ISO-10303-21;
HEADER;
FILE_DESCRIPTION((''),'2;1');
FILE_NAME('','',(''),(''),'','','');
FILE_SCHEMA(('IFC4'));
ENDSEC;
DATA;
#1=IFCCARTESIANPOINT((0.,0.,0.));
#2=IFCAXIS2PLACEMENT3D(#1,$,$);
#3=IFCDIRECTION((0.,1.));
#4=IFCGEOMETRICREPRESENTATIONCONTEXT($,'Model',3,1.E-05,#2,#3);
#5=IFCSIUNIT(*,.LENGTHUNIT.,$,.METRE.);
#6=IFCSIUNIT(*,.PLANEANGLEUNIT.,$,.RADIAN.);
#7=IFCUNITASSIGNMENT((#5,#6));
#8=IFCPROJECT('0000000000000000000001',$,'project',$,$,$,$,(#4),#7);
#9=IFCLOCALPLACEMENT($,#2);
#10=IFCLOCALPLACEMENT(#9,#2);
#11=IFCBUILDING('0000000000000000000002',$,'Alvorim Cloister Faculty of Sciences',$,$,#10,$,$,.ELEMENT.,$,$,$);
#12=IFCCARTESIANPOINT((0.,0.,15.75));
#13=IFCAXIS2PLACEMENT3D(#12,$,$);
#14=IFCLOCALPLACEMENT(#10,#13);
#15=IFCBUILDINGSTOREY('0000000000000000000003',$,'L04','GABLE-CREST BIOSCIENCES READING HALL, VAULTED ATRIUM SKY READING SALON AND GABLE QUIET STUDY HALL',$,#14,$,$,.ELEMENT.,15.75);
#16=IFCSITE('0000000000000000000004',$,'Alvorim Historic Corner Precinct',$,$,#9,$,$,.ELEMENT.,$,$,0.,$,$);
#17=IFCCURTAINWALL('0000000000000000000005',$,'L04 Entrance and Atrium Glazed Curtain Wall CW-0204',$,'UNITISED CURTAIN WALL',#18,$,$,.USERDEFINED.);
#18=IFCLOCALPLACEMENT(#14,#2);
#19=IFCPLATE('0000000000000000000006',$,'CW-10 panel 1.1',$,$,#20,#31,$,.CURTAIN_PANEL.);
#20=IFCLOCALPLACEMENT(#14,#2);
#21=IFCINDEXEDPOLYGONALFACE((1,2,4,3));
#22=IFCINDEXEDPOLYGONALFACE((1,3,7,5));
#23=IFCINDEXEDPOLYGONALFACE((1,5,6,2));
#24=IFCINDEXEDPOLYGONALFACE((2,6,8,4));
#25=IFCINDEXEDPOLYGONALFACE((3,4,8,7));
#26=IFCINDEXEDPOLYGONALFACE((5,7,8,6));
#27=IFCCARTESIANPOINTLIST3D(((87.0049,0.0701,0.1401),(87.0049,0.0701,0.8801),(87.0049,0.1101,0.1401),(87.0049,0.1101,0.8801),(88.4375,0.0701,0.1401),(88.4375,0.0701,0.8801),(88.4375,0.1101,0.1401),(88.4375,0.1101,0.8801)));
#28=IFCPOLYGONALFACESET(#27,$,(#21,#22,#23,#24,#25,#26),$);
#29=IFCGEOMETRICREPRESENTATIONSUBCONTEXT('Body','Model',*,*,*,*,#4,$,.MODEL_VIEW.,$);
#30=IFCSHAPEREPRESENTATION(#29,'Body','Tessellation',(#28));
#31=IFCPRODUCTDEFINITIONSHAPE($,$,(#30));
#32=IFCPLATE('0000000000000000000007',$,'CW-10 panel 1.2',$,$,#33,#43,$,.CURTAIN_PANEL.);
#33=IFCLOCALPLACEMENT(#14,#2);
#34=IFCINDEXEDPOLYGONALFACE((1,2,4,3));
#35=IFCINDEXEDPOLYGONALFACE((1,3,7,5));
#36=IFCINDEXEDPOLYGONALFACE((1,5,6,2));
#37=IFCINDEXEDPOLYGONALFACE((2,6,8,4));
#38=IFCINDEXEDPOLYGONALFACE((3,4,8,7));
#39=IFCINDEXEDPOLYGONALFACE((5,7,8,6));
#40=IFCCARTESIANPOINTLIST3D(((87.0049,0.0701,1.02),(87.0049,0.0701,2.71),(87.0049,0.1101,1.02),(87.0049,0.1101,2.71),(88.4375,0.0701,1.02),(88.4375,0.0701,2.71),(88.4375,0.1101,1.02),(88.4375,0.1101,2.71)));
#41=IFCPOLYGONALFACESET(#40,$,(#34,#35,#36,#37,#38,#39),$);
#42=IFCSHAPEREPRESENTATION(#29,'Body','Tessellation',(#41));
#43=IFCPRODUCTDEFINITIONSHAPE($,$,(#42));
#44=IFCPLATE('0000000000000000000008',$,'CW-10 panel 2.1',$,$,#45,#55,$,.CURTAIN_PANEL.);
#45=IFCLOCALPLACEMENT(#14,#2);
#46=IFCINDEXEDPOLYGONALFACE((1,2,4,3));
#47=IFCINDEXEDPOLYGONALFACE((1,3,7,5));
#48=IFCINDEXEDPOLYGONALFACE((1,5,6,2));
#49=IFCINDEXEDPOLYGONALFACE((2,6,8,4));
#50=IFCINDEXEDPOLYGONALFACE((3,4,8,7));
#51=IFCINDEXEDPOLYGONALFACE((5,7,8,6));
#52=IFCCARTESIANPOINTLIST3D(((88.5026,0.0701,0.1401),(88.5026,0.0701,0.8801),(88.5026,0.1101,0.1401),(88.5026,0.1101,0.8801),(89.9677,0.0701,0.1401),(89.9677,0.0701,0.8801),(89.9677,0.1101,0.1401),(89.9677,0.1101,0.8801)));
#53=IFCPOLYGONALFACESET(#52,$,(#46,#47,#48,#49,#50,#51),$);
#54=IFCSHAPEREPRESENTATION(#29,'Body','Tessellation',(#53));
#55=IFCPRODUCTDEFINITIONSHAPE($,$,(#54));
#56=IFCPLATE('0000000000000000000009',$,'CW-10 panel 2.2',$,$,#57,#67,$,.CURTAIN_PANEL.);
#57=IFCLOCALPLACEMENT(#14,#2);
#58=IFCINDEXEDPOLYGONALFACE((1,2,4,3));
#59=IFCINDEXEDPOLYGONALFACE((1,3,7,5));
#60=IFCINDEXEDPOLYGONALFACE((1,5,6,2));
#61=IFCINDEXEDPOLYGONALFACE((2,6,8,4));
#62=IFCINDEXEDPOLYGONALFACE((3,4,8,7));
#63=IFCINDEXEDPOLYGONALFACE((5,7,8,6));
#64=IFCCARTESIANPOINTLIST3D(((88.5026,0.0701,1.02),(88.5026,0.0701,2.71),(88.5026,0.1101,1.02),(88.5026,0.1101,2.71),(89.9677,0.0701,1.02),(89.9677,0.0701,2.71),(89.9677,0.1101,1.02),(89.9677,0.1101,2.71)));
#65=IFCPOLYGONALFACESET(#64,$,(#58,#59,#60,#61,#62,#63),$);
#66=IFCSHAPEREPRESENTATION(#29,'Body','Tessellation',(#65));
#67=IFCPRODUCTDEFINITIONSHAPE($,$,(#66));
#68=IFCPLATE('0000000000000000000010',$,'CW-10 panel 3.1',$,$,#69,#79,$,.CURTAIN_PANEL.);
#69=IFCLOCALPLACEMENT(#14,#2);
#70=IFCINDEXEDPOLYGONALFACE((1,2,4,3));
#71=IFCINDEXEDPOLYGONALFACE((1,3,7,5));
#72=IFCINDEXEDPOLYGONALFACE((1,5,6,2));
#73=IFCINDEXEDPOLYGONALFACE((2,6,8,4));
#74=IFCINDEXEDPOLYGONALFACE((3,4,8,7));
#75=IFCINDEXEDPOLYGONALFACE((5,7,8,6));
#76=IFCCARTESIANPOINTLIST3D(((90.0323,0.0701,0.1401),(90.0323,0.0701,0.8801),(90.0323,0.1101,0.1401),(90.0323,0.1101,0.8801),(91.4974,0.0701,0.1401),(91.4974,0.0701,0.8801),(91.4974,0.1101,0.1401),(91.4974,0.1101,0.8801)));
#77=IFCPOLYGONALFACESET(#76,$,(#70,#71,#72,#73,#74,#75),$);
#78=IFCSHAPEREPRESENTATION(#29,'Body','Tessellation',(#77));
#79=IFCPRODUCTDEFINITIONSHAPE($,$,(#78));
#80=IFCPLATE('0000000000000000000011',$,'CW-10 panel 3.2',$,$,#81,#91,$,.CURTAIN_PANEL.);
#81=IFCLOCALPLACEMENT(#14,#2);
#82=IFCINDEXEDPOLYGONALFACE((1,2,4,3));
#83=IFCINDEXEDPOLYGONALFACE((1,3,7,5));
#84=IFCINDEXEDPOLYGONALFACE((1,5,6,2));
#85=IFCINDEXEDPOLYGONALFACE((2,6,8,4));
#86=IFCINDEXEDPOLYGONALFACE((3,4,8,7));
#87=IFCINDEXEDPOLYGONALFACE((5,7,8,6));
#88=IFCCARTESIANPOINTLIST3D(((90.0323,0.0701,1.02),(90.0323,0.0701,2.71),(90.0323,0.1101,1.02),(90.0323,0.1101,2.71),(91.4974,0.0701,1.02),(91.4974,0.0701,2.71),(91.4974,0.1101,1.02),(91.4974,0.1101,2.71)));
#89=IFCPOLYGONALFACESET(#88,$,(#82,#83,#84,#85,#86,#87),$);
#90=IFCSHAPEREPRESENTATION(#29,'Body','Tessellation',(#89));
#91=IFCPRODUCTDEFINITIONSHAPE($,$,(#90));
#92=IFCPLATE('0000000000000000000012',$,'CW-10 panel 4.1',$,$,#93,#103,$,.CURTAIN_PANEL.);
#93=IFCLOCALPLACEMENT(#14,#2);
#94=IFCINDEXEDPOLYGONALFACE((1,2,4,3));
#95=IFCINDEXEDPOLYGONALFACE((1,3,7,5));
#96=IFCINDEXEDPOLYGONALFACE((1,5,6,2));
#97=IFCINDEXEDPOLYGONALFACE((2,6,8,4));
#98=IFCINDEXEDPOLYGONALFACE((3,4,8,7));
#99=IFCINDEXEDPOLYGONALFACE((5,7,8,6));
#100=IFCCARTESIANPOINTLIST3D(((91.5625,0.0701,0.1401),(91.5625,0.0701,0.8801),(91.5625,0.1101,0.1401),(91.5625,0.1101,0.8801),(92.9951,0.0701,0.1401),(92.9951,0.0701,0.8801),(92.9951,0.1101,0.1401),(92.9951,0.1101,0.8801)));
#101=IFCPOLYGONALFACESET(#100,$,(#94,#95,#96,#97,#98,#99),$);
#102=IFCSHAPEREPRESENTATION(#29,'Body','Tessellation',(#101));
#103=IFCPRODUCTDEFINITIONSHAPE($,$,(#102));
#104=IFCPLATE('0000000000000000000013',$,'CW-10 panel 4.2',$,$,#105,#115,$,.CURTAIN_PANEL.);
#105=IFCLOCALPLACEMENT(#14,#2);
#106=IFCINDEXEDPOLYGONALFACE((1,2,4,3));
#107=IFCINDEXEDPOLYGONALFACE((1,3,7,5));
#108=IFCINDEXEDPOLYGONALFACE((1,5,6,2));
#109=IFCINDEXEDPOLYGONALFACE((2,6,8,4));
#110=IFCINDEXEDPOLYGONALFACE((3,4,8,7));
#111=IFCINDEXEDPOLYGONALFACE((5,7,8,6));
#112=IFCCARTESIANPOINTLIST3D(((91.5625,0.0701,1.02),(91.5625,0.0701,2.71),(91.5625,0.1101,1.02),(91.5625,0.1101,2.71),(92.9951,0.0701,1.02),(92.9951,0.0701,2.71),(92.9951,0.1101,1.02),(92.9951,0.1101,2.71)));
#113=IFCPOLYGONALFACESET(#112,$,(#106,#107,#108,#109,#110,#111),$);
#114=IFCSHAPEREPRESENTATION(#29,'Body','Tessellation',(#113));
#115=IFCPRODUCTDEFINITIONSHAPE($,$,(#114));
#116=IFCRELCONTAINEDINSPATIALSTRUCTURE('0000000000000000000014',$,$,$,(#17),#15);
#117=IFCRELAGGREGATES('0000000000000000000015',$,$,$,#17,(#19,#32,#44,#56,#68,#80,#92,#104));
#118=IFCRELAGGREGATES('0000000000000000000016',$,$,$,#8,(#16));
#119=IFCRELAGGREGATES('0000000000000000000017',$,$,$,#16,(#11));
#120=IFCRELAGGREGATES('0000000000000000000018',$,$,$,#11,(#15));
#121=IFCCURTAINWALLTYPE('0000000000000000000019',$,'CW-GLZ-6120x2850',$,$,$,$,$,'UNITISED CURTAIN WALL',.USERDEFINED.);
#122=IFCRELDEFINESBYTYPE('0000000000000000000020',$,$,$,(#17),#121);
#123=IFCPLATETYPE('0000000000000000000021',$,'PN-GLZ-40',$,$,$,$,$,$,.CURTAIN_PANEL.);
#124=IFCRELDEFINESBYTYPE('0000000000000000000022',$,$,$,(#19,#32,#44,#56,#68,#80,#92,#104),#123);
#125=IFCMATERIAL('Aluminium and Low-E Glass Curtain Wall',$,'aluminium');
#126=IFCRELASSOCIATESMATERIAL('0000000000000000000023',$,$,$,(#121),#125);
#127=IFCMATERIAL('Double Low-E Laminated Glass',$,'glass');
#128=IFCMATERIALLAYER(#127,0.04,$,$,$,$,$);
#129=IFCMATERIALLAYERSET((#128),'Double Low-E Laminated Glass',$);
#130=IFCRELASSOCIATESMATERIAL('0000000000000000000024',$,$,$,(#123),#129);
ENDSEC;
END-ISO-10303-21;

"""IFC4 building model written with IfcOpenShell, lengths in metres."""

from ifc_helpers import new_model, si_unit, direction, frame, origin, origin_2d, place, context, subcontext, project, spatial, rectangle, extrude, material, layer, layer_set, type_object, element, aggregate, save


model = new_model("IFC4")

# Units and contexts
model_context = context("Model", 3, precision=1e-05, world=origin(), true_north=direction((0.0, 1.0)))
body_context = subcontext(model_context, "Body", "Model", "MODEL_VIEW")
ifc_project = project(units=[si_unit("LENGTHUNIT", "METRE"), si_unit("PLANEANGLEUNIT", "RADIAN")], contexts=[model_context])

# Site, building, storey
site_placement = place(None, origin())
site = spatial("IfcSite", under=ifc_project, at=site_placement, Name="Alvorim Historic Corner Precinct", CompositionType="ELEMENT", RefElevation=0.0)
building_placement = place(site_placement, origin())
building = spatial("IfcBuilding", under=site, at=building_placement, Name="Alvorim Cloister Faculty of Sciences", CompositionType="ELEMENT")
storey_placement = place(building_placement, frame((0.0, 0.0, 15.75)))
storey = spatial("IfcBuildingStorey", under=building, at=storey_placement, Name="L04", Description="GABLE-CREST BIOSCIENCES READING HALL, VAULTED ATRIUM SKY READING SALON AND GABLE QUIET STUDY HALL", CompositionType="ELEMENT", Elevation=15.75)

# Curtain wall, plates
ifc_material_1 = material(Name="Aluminium and Low-E Glass Curtain Wall", Category="aluminium")
curtain_wall_type = type_object("IfcCurtainWallType", Name="CW-GLZ-6120x2850", ElementType="UNITISED CURTAIN WALL", PredefinedType="USERDEFINED", material=ifc_material_1)
curtain_wall_placement = place(storey_placement, origin())
curtain_wall = element("IfcCurtainWall", 1, at=curtain_wall_placement, inside=storey, type_object=curtain_wall_type, Name="L04 Entrance and Atrium Glazed Curtain Wall CW-0204", ObjectType="UNITISED CURTAIN WALL", PredefinedType="USERDEFINED")
ifc_material_2 = material(Name="Double Low-E Laminated Glass", Category="glass")
ifc_layer = layer(ifc_material_2, 0.04)
ifc_layer_set = layer_set([ifc_layer], Name="Double Low-E Laminated Glass")
plate_type = type_object("IfcPlateType", Name="PN-GLZ-40", PredefinedType="CURTAIN_PANEL", material=ifc_layer_set)
plate_1_placement = place(storey_placement, frame((87.7212, 0.0901, 0.1401), z_axis=(0.0, 0.0, 1.0), x_axis=(1.0, 0.0, 0.0)))
plate_1 = element("IfcPlate", 2, at=plate_1_placement, type_object=plate_type, Name="CW-10 panel 1.1", PredefinedType="CURTAIN_PANEL", context=body_context, shape_type="SweptSolid", body=[
    extrude(rectangle(XDim=1.4326, YDim=0.04, at=origin_2d()), origin(), (0.0, 0.0, 1.0), 0.74),
])
plate_2_placement = place(storey_placement, frame((87.7212, 0.0901, 1.02), z_axis=(0.0, 0.0, 1.0), x_axis=(1.0, 0.0, 0.0)))
plate_2 = element("IfcPlate", 3, at=plate_2_placement, type_object=plate_type, Name="CW-10 panel 1.2", PredefinedType="CURTAIN_PANEL", context=body_context, shape_type="SweptSolid", body=[
    extrude(rectangle(XDim=1.4326, YDim=0.04, at=origin_2d()), origin(), (0.0, 0.0, 1.0), 1.6899),
])
plate_3_placement = place(storey_placement, frame((89.2351, 0.0901, 0.1401), z_axis=(0.0, 0.0, 1.0), x_axis=(1.0, 0.0, 0.0)))
plate_3 = element("IfcPlate", 4, at=plate_3_placement, type_object=plate_type, Name="CW-10 panel 2.1", PredefinedType="CURTAIN_PANEL", context=body_context, shape_type="SweptSolid", body=[
    extrude(rectangle(XDim=1.4651, YDim=0.04, at=origin_2d()), origin(), (0.0, 0.0, 1.0), 0.74),
])
plate_4_placement = place(storey_placement, frame((89.2351, 0.0901, 1.02), z_axis=(0.0, 0.0, 1.0), x_axis=(1.0, 0.0, 0.0)))
plate_4 = element("IfcPlate", 5, at=plate_4_placement, type_object=plate_type, Name="CW-10 panel 2.2", PredefinedType="CURTAIN_PANEL", context=body_context, shape_type="SweptSolid", body=[
    extrude(rectangle(XDim=1.4651, YDim=0.04, at=origin_2d()), origin(), (0.0, 0.0, 1.0), 1.6899),
])
plate_5_placement = place(storey_placement, frame((90.7649, 0.0901, 0.1401), z_axis=(0.0, 0.0, 1.0), x_axis=(1.0, 0.0, 0.0)))
plate_5 = element("IfcPlate", 6, at=plate_5_placement, type_object=plate_type, Name="CW-10 panel 3.1", PredefinedType="CURTAIN_PANEL", context=body_context, shape_type="SweptSolid", body=[
    extrude(rectangle(XDim=1.4651, YDim=0.04, at=origin_2d()), origin(), (0.0, 0.0, 1.0), 0.74),
])
plate_6_placement = place(storey_placement, frame((90.7649, 0.0901, 1.02), z_axis=(0.0, 0.0, 1.0), x_axis=(1.0, 0.0, 0.0)))
plate_6 = element("IfcPlate", 7, at=plate_6_placement, type_object=plate_type, Name="CW-10 panel 3.2", PredefinedType="CURTAIN_PANEL", context=body_context, shape_type="SweptSolid", body=[
    extrude(rectangle(XDim=1.4651, YDim=0.04, at=origin_2d()), origin(), (0.0, 0.0, 1.0), 1.6899),
])
plate_7_placement = place(storey_placement, frame((92.2788, 0.0901, 0.1401), z_axis=(0.0, 0.0, 1.0), x_axis=(1.0, 0.0, 0.0)))
plate_7 = element("IfcPlate", 8, at=plate_7_placement, type_object=plate_type, Name="CW-10 panel 4.1", PredefinedType="CURTAIN_PANEL", context=body_context, shape_type="SweptSolid", body=[
    extrude(rectangle(XDim=1.4326, YDim=0.04, at=origin_2d()), origin(), (0.0, 0.0, 1.0), 0.74),
])
plate_8_placement = place(storey_placement, frame((92.2788, 0.0901, 1.02), z_axis=(0.0, 0.0, 1.0), x_axis=(1.0, 0.0, 0.0)))
plate_8 = element("IfcPlate", 9, at=plate_8_placement, type_object=plate_type, Name="CW-10 panel 4.2", PredefinedType="CURTAIN_PANEL", context=body_context, shape_type="SweptSolid", body=[
    extrude(rectangle(XDim=1.4326, YDim=0.04, at=origin_2d()), origin(), (0.0, 0.0, 1.0), 1.6899),
])
aggregate(curtain_wall, [plate_1, plate_2, plate_3, plate_4, plate_5, plate_6, plate_7, plate_8])

save(model, "model.ifc")
